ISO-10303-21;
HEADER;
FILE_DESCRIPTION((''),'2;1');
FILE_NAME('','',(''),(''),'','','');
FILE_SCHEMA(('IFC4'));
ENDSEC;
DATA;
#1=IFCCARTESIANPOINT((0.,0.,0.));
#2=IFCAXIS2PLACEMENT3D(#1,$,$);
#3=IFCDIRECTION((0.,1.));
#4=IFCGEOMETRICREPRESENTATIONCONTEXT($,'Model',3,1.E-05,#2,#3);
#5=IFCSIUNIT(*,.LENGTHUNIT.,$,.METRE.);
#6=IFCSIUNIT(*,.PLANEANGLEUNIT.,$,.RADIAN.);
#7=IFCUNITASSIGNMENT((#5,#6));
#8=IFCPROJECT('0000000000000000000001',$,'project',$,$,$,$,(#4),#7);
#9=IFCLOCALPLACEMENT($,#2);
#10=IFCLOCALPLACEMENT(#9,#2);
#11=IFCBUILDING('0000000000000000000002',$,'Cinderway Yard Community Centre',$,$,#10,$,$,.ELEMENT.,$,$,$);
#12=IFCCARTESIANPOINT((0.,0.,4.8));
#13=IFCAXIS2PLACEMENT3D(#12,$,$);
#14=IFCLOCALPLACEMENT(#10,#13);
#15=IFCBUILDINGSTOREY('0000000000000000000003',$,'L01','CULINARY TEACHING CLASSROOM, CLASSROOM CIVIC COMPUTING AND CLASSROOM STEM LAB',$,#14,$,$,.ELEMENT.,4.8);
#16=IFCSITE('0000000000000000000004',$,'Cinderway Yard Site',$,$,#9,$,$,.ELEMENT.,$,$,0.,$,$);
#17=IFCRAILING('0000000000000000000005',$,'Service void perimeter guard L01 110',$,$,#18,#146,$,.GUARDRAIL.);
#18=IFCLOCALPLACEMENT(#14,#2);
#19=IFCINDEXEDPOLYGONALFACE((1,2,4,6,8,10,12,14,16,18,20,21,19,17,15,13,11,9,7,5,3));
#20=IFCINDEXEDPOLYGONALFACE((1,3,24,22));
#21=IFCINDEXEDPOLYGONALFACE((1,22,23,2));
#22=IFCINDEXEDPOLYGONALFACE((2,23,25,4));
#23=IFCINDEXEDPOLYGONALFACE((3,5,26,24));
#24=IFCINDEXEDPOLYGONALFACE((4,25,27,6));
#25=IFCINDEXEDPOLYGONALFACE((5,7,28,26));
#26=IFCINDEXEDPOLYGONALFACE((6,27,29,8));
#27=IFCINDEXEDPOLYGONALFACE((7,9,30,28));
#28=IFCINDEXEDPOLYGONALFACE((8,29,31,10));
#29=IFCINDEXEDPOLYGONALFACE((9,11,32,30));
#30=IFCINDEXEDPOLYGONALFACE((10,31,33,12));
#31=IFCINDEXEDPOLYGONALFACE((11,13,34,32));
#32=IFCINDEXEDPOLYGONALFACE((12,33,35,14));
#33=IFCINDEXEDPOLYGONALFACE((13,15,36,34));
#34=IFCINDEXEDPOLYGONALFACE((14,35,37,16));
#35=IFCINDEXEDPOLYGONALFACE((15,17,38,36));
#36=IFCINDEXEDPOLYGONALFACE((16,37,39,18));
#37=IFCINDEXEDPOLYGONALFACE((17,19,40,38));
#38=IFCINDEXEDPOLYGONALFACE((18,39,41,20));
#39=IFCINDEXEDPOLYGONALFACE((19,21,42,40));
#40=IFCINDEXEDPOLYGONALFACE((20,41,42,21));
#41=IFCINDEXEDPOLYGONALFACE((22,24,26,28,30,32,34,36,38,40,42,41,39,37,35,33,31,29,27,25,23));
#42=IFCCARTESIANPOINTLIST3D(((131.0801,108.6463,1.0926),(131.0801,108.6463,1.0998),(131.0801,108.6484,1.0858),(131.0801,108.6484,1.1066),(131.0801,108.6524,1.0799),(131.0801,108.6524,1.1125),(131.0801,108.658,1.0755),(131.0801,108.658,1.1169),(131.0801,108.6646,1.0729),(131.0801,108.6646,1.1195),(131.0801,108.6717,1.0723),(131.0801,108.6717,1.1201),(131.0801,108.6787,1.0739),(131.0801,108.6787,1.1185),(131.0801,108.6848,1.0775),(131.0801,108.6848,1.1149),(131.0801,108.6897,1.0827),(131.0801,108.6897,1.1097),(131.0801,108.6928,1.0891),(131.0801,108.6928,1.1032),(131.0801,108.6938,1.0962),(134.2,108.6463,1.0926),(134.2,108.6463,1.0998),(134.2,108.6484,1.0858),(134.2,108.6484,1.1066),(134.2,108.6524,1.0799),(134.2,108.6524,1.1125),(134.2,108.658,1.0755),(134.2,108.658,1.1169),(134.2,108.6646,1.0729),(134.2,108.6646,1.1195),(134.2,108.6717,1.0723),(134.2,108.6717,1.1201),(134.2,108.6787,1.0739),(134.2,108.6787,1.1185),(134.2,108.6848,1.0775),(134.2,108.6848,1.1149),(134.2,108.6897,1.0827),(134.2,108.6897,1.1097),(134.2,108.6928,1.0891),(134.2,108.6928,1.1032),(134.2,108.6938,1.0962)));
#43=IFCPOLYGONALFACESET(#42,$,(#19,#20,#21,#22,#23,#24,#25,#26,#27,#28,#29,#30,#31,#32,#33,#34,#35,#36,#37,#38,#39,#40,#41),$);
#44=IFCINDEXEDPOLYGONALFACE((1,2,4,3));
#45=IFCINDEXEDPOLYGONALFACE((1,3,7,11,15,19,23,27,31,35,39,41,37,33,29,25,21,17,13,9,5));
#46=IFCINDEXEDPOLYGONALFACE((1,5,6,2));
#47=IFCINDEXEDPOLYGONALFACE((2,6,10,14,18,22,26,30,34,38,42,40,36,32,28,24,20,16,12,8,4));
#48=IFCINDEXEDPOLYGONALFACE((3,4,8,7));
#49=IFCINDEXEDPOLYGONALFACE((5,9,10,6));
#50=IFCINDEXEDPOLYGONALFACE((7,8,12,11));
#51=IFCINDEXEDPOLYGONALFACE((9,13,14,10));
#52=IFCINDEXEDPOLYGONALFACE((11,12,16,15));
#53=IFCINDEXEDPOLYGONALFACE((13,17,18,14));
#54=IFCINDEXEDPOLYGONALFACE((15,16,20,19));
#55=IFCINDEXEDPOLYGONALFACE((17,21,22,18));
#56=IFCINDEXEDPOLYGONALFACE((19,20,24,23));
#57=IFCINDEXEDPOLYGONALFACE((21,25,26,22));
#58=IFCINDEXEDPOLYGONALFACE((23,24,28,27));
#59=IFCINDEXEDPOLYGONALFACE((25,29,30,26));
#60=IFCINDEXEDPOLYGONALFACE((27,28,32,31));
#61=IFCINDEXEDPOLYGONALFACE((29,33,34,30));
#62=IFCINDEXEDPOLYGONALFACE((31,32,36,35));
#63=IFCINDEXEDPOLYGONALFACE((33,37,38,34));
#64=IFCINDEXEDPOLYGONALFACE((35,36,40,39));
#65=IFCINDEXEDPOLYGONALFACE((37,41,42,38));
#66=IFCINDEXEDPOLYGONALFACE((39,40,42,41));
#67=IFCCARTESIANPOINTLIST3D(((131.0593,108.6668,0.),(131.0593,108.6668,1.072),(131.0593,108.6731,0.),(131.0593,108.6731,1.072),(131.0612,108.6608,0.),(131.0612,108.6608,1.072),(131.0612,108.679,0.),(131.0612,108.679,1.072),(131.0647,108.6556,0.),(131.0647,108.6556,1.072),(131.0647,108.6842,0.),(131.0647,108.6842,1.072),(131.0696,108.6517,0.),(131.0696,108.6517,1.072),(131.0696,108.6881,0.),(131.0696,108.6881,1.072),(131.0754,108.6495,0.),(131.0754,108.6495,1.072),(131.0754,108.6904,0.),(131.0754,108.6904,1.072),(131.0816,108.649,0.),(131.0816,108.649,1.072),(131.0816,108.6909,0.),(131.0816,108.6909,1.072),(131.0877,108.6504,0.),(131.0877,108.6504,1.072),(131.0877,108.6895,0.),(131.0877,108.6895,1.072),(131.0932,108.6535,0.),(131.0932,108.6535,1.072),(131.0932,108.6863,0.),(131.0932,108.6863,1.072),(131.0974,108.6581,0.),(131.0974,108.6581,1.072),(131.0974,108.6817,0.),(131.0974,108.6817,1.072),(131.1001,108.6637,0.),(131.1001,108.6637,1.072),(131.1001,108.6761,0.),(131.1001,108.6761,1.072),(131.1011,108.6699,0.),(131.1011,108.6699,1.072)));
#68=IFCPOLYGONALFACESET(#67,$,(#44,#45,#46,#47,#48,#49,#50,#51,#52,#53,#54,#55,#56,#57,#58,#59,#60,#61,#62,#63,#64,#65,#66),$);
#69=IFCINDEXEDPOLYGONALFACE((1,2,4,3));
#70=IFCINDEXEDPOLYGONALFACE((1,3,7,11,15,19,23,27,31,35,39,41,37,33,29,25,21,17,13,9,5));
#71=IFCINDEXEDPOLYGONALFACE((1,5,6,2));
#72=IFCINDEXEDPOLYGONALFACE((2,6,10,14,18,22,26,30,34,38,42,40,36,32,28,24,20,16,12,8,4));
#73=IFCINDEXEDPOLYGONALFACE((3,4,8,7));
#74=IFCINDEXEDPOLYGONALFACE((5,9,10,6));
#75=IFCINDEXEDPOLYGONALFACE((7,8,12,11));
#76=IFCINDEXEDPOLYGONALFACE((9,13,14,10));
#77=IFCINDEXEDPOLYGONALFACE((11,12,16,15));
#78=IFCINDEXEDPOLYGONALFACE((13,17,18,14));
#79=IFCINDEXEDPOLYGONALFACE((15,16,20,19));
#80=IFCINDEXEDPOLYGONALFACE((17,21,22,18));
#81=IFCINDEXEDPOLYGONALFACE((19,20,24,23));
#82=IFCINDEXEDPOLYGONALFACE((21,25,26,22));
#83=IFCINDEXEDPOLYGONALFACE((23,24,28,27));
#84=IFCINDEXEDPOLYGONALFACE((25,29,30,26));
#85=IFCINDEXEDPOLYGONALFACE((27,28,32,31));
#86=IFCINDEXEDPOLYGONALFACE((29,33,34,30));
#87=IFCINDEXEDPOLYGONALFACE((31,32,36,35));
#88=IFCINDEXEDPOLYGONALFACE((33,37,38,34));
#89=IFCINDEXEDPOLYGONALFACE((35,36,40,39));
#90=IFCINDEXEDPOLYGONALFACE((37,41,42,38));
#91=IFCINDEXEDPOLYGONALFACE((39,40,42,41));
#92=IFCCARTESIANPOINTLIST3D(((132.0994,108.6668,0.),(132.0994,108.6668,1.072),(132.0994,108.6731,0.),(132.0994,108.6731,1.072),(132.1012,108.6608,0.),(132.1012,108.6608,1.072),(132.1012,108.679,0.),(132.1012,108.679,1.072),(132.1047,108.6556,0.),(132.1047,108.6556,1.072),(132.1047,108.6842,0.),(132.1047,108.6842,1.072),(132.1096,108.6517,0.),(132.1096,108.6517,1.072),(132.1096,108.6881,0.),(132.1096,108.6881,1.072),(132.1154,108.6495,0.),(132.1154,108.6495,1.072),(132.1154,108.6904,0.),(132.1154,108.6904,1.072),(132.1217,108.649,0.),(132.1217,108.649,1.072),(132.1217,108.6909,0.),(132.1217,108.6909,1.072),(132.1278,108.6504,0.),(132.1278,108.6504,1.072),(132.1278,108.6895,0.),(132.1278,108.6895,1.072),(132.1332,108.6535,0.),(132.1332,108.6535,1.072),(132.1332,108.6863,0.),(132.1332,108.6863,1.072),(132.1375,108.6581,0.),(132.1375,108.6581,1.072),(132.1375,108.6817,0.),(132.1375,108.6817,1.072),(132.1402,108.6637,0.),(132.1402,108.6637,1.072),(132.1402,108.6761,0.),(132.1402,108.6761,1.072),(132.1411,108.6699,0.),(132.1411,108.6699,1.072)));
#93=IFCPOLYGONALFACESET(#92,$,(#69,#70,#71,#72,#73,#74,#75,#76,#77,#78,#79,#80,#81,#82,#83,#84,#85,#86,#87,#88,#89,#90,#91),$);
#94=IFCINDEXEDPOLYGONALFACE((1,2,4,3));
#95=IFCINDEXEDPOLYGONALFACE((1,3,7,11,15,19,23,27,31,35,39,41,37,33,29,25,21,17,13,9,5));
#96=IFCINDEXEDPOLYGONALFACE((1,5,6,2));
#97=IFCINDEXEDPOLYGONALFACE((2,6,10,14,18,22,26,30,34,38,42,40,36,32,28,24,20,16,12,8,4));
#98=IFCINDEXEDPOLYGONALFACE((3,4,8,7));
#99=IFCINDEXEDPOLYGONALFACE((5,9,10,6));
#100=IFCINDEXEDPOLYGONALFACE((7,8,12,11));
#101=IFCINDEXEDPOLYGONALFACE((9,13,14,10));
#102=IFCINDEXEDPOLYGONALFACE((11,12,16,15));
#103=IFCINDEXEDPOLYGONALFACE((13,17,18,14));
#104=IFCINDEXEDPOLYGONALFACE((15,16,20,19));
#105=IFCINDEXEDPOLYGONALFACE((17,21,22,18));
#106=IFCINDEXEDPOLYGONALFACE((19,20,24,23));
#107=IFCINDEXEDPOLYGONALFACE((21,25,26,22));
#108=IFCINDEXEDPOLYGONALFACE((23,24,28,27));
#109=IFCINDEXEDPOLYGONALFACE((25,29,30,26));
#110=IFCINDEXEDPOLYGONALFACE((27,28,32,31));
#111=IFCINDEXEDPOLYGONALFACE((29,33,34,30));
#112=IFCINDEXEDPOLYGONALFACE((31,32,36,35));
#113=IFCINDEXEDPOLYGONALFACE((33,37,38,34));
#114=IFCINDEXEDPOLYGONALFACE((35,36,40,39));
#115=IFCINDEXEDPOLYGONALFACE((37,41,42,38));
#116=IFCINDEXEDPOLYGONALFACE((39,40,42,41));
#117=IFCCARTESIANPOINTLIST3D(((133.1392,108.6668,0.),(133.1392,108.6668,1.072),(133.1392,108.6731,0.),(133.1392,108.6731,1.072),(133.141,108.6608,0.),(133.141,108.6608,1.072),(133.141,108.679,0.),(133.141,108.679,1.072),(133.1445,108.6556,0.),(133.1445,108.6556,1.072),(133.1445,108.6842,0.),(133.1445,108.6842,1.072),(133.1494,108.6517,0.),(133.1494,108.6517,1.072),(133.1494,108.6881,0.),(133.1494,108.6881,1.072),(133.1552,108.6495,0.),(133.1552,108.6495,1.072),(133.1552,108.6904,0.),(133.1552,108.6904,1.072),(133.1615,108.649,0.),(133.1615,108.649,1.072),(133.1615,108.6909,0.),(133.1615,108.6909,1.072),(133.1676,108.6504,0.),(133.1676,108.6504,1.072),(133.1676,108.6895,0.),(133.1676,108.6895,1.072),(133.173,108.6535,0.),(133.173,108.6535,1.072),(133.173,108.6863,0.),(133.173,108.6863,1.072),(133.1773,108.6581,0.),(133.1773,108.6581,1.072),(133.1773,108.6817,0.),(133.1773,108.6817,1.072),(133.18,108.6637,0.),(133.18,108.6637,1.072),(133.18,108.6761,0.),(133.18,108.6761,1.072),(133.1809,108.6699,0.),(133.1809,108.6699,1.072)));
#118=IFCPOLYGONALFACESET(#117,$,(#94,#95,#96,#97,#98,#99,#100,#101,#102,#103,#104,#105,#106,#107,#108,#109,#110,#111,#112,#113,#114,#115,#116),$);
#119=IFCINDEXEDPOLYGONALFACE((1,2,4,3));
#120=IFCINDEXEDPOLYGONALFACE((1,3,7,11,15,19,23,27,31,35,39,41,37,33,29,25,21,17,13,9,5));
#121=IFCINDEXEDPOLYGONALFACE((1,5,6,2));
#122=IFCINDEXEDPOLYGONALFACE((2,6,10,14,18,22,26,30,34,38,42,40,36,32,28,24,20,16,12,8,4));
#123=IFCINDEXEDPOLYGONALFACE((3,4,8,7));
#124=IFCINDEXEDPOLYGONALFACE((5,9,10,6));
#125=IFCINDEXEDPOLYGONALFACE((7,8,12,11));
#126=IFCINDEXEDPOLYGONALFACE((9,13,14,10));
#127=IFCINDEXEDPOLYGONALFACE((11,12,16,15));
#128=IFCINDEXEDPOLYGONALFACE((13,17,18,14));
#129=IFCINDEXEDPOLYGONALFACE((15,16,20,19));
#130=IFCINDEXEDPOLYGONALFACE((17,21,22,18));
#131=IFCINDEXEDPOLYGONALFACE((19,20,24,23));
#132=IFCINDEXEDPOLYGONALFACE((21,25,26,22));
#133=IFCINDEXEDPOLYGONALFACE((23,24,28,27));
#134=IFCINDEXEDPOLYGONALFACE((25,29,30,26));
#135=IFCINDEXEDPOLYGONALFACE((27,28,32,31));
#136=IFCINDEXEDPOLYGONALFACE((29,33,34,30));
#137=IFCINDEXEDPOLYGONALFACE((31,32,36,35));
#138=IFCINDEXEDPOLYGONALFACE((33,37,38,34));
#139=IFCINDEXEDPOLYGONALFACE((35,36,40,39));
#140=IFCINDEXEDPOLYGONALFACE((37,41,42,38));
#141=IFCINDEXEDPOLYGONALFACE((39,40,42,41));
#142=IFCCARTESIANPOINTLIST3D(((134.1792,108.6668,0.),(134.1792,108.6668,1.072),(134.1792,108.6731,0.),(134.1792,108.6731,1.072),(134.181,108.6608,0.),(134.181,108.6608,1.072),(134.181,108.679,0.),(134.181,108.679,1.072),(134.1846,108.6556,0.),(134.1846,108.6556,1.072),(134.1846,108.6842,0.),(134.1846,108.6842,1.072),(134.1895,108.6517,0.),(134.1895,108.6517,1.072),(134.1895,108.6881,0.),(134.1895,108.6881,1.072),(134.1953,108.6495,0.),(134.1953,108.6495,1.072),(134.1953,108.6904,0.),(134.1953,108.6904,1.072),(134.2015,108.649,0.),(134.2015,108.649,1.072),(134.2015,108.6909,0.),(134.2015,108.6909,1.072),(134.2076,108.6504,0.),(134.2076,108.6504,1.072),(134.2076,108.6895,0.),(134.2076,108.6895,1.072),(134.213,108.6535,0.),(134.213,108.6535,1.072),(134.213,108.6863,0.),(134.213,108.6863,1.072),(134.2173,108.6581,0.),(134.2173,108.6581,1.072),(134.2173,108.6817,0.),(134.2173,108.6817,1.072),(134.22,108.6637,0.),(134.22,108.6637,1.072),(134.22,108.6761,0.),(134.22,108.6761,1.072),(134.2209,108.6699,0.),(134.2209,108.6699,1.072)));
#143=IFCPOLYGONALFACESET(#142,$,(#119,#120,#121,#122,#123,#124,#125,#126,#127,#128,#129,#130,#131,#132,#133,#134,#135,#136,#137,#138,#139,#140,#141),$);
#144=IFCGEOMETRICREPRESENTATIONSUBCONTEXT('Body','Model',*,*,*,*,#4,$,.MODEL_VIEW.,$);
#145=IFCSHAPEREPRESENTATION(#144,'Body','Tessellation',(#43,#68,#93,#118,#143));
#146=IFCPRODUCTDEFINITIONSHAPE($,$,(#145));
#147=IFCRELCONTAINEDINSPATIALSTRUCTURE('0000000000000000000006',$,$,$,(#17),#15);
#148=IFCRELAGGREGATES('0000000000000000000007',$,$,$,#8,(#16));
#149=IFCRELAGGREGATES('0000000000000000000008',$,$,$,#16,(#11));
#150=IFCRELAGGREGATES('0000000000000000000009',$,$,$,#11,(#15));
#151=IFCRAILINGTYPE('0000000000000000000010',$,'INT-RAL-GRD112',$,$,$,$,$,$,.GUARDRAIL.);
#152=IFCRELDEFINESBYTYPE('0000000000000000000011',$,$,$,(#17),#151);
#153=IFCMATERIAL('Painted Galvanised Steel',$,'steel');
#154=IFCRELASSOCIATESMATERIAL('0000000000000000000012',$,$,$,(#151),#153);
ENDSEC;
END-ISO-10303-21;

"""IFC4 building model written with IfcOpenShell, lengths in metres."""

from ifc_helpers import new_model, si_unit, direction, frame, origin, origin_2d, place, context, subcontext, project, spatial, circle, extrude, material, type_object, element, save


model = new_model("IFC4")

# Units and contexts
model_context = context("Model", 3, precision=1e-05, world=origin(), true_north=direction((0.0, 1.0)))
body_context = subcontext(model_context, "Body", "Model", "MODEL_VIEW")
ifc_project = project(units=[si_unit("LENGTHUNIT", "METRE"), si_unit("PLANEANGLEUNIT", "RADIAN")], contexts=[model_context])

# Site, building, storey
site_placement = place(None, origin())
site = spatial("IfcSite", under=ifc_project, at=site_placement, Name="Cinderway Yard Site", CompositionType="ELEMENT", RefElevation=0.0)
building_placement = place(site_placement, origin())
building = spatial("IfcBuilding", under=site, at=building_placement, Name="Cinderway Yard Community Centre", CompositionType="ELEMENT")
storey_placement = place(building_placement, frame((0.0, 0.0, 4.8)))
storey = spatial("IfcBuildingStorey", under=building, at=storey_placement, Name="L01", Description="CULINARY TEACHING CLASSROOM, CLASSROOM CIVIC COMPUTING AND CLASSROOM STEM LAB", CompositionType="ELEMENT", Elevation=4.8)

# Railing
ifc_material_1 = material(Name="Painted Galvanised Steel", Category="steel")
railing_type_1 = type_object("IfcRailingType", Name="INT-RAL-GRD112", PredefinedType="GUARDRAIL", material=ifc_material_1)
railing_1_placement = place(storey_placement, frame((131.0801, 108.6699, 0.0)))
element("IfcRailing", 1, at=railing_1_placement, inside=storey, type_object=railing_type_1, Name="Service void perimeter guard L01 110", PredefinedType="GUARDRAIL", context=body_context, shape_type="SweptSolid", body=[
    extrude(circle(Radius=0.0239, at=origin_2d()), frame((0.0, 0.0, 1.0962), z_axis=(1.0, 0.0, 0.0), x_axis=(0.0, 1.0, 0.0)), (0.0, 0.0, 1.0), 3.1199),
    extrude(circle(Radius=0.021, at=origin_2d()), origin(), (0.0, 0.0, 1.0), 1.072),
    extrude(circle(Radius=0.021, at=origin_2d()), frame((1.04, 0.0, 0.0)), (0.0, 0.0, 1.0), 1.072),
    extrude(circle(Radius=0.021, at=origin_2d()), frame((2.0798, 0.0, 0.0)), (0.0, 0.0, 1.0), 1.072),
    extrude(circle(Radius=0.021, at=origin_2d()), frame((3.1199, 0.0, 0.0)), (0.0, 0.0, 1.0), 1.072),
])

save(model, "model.ifc")
